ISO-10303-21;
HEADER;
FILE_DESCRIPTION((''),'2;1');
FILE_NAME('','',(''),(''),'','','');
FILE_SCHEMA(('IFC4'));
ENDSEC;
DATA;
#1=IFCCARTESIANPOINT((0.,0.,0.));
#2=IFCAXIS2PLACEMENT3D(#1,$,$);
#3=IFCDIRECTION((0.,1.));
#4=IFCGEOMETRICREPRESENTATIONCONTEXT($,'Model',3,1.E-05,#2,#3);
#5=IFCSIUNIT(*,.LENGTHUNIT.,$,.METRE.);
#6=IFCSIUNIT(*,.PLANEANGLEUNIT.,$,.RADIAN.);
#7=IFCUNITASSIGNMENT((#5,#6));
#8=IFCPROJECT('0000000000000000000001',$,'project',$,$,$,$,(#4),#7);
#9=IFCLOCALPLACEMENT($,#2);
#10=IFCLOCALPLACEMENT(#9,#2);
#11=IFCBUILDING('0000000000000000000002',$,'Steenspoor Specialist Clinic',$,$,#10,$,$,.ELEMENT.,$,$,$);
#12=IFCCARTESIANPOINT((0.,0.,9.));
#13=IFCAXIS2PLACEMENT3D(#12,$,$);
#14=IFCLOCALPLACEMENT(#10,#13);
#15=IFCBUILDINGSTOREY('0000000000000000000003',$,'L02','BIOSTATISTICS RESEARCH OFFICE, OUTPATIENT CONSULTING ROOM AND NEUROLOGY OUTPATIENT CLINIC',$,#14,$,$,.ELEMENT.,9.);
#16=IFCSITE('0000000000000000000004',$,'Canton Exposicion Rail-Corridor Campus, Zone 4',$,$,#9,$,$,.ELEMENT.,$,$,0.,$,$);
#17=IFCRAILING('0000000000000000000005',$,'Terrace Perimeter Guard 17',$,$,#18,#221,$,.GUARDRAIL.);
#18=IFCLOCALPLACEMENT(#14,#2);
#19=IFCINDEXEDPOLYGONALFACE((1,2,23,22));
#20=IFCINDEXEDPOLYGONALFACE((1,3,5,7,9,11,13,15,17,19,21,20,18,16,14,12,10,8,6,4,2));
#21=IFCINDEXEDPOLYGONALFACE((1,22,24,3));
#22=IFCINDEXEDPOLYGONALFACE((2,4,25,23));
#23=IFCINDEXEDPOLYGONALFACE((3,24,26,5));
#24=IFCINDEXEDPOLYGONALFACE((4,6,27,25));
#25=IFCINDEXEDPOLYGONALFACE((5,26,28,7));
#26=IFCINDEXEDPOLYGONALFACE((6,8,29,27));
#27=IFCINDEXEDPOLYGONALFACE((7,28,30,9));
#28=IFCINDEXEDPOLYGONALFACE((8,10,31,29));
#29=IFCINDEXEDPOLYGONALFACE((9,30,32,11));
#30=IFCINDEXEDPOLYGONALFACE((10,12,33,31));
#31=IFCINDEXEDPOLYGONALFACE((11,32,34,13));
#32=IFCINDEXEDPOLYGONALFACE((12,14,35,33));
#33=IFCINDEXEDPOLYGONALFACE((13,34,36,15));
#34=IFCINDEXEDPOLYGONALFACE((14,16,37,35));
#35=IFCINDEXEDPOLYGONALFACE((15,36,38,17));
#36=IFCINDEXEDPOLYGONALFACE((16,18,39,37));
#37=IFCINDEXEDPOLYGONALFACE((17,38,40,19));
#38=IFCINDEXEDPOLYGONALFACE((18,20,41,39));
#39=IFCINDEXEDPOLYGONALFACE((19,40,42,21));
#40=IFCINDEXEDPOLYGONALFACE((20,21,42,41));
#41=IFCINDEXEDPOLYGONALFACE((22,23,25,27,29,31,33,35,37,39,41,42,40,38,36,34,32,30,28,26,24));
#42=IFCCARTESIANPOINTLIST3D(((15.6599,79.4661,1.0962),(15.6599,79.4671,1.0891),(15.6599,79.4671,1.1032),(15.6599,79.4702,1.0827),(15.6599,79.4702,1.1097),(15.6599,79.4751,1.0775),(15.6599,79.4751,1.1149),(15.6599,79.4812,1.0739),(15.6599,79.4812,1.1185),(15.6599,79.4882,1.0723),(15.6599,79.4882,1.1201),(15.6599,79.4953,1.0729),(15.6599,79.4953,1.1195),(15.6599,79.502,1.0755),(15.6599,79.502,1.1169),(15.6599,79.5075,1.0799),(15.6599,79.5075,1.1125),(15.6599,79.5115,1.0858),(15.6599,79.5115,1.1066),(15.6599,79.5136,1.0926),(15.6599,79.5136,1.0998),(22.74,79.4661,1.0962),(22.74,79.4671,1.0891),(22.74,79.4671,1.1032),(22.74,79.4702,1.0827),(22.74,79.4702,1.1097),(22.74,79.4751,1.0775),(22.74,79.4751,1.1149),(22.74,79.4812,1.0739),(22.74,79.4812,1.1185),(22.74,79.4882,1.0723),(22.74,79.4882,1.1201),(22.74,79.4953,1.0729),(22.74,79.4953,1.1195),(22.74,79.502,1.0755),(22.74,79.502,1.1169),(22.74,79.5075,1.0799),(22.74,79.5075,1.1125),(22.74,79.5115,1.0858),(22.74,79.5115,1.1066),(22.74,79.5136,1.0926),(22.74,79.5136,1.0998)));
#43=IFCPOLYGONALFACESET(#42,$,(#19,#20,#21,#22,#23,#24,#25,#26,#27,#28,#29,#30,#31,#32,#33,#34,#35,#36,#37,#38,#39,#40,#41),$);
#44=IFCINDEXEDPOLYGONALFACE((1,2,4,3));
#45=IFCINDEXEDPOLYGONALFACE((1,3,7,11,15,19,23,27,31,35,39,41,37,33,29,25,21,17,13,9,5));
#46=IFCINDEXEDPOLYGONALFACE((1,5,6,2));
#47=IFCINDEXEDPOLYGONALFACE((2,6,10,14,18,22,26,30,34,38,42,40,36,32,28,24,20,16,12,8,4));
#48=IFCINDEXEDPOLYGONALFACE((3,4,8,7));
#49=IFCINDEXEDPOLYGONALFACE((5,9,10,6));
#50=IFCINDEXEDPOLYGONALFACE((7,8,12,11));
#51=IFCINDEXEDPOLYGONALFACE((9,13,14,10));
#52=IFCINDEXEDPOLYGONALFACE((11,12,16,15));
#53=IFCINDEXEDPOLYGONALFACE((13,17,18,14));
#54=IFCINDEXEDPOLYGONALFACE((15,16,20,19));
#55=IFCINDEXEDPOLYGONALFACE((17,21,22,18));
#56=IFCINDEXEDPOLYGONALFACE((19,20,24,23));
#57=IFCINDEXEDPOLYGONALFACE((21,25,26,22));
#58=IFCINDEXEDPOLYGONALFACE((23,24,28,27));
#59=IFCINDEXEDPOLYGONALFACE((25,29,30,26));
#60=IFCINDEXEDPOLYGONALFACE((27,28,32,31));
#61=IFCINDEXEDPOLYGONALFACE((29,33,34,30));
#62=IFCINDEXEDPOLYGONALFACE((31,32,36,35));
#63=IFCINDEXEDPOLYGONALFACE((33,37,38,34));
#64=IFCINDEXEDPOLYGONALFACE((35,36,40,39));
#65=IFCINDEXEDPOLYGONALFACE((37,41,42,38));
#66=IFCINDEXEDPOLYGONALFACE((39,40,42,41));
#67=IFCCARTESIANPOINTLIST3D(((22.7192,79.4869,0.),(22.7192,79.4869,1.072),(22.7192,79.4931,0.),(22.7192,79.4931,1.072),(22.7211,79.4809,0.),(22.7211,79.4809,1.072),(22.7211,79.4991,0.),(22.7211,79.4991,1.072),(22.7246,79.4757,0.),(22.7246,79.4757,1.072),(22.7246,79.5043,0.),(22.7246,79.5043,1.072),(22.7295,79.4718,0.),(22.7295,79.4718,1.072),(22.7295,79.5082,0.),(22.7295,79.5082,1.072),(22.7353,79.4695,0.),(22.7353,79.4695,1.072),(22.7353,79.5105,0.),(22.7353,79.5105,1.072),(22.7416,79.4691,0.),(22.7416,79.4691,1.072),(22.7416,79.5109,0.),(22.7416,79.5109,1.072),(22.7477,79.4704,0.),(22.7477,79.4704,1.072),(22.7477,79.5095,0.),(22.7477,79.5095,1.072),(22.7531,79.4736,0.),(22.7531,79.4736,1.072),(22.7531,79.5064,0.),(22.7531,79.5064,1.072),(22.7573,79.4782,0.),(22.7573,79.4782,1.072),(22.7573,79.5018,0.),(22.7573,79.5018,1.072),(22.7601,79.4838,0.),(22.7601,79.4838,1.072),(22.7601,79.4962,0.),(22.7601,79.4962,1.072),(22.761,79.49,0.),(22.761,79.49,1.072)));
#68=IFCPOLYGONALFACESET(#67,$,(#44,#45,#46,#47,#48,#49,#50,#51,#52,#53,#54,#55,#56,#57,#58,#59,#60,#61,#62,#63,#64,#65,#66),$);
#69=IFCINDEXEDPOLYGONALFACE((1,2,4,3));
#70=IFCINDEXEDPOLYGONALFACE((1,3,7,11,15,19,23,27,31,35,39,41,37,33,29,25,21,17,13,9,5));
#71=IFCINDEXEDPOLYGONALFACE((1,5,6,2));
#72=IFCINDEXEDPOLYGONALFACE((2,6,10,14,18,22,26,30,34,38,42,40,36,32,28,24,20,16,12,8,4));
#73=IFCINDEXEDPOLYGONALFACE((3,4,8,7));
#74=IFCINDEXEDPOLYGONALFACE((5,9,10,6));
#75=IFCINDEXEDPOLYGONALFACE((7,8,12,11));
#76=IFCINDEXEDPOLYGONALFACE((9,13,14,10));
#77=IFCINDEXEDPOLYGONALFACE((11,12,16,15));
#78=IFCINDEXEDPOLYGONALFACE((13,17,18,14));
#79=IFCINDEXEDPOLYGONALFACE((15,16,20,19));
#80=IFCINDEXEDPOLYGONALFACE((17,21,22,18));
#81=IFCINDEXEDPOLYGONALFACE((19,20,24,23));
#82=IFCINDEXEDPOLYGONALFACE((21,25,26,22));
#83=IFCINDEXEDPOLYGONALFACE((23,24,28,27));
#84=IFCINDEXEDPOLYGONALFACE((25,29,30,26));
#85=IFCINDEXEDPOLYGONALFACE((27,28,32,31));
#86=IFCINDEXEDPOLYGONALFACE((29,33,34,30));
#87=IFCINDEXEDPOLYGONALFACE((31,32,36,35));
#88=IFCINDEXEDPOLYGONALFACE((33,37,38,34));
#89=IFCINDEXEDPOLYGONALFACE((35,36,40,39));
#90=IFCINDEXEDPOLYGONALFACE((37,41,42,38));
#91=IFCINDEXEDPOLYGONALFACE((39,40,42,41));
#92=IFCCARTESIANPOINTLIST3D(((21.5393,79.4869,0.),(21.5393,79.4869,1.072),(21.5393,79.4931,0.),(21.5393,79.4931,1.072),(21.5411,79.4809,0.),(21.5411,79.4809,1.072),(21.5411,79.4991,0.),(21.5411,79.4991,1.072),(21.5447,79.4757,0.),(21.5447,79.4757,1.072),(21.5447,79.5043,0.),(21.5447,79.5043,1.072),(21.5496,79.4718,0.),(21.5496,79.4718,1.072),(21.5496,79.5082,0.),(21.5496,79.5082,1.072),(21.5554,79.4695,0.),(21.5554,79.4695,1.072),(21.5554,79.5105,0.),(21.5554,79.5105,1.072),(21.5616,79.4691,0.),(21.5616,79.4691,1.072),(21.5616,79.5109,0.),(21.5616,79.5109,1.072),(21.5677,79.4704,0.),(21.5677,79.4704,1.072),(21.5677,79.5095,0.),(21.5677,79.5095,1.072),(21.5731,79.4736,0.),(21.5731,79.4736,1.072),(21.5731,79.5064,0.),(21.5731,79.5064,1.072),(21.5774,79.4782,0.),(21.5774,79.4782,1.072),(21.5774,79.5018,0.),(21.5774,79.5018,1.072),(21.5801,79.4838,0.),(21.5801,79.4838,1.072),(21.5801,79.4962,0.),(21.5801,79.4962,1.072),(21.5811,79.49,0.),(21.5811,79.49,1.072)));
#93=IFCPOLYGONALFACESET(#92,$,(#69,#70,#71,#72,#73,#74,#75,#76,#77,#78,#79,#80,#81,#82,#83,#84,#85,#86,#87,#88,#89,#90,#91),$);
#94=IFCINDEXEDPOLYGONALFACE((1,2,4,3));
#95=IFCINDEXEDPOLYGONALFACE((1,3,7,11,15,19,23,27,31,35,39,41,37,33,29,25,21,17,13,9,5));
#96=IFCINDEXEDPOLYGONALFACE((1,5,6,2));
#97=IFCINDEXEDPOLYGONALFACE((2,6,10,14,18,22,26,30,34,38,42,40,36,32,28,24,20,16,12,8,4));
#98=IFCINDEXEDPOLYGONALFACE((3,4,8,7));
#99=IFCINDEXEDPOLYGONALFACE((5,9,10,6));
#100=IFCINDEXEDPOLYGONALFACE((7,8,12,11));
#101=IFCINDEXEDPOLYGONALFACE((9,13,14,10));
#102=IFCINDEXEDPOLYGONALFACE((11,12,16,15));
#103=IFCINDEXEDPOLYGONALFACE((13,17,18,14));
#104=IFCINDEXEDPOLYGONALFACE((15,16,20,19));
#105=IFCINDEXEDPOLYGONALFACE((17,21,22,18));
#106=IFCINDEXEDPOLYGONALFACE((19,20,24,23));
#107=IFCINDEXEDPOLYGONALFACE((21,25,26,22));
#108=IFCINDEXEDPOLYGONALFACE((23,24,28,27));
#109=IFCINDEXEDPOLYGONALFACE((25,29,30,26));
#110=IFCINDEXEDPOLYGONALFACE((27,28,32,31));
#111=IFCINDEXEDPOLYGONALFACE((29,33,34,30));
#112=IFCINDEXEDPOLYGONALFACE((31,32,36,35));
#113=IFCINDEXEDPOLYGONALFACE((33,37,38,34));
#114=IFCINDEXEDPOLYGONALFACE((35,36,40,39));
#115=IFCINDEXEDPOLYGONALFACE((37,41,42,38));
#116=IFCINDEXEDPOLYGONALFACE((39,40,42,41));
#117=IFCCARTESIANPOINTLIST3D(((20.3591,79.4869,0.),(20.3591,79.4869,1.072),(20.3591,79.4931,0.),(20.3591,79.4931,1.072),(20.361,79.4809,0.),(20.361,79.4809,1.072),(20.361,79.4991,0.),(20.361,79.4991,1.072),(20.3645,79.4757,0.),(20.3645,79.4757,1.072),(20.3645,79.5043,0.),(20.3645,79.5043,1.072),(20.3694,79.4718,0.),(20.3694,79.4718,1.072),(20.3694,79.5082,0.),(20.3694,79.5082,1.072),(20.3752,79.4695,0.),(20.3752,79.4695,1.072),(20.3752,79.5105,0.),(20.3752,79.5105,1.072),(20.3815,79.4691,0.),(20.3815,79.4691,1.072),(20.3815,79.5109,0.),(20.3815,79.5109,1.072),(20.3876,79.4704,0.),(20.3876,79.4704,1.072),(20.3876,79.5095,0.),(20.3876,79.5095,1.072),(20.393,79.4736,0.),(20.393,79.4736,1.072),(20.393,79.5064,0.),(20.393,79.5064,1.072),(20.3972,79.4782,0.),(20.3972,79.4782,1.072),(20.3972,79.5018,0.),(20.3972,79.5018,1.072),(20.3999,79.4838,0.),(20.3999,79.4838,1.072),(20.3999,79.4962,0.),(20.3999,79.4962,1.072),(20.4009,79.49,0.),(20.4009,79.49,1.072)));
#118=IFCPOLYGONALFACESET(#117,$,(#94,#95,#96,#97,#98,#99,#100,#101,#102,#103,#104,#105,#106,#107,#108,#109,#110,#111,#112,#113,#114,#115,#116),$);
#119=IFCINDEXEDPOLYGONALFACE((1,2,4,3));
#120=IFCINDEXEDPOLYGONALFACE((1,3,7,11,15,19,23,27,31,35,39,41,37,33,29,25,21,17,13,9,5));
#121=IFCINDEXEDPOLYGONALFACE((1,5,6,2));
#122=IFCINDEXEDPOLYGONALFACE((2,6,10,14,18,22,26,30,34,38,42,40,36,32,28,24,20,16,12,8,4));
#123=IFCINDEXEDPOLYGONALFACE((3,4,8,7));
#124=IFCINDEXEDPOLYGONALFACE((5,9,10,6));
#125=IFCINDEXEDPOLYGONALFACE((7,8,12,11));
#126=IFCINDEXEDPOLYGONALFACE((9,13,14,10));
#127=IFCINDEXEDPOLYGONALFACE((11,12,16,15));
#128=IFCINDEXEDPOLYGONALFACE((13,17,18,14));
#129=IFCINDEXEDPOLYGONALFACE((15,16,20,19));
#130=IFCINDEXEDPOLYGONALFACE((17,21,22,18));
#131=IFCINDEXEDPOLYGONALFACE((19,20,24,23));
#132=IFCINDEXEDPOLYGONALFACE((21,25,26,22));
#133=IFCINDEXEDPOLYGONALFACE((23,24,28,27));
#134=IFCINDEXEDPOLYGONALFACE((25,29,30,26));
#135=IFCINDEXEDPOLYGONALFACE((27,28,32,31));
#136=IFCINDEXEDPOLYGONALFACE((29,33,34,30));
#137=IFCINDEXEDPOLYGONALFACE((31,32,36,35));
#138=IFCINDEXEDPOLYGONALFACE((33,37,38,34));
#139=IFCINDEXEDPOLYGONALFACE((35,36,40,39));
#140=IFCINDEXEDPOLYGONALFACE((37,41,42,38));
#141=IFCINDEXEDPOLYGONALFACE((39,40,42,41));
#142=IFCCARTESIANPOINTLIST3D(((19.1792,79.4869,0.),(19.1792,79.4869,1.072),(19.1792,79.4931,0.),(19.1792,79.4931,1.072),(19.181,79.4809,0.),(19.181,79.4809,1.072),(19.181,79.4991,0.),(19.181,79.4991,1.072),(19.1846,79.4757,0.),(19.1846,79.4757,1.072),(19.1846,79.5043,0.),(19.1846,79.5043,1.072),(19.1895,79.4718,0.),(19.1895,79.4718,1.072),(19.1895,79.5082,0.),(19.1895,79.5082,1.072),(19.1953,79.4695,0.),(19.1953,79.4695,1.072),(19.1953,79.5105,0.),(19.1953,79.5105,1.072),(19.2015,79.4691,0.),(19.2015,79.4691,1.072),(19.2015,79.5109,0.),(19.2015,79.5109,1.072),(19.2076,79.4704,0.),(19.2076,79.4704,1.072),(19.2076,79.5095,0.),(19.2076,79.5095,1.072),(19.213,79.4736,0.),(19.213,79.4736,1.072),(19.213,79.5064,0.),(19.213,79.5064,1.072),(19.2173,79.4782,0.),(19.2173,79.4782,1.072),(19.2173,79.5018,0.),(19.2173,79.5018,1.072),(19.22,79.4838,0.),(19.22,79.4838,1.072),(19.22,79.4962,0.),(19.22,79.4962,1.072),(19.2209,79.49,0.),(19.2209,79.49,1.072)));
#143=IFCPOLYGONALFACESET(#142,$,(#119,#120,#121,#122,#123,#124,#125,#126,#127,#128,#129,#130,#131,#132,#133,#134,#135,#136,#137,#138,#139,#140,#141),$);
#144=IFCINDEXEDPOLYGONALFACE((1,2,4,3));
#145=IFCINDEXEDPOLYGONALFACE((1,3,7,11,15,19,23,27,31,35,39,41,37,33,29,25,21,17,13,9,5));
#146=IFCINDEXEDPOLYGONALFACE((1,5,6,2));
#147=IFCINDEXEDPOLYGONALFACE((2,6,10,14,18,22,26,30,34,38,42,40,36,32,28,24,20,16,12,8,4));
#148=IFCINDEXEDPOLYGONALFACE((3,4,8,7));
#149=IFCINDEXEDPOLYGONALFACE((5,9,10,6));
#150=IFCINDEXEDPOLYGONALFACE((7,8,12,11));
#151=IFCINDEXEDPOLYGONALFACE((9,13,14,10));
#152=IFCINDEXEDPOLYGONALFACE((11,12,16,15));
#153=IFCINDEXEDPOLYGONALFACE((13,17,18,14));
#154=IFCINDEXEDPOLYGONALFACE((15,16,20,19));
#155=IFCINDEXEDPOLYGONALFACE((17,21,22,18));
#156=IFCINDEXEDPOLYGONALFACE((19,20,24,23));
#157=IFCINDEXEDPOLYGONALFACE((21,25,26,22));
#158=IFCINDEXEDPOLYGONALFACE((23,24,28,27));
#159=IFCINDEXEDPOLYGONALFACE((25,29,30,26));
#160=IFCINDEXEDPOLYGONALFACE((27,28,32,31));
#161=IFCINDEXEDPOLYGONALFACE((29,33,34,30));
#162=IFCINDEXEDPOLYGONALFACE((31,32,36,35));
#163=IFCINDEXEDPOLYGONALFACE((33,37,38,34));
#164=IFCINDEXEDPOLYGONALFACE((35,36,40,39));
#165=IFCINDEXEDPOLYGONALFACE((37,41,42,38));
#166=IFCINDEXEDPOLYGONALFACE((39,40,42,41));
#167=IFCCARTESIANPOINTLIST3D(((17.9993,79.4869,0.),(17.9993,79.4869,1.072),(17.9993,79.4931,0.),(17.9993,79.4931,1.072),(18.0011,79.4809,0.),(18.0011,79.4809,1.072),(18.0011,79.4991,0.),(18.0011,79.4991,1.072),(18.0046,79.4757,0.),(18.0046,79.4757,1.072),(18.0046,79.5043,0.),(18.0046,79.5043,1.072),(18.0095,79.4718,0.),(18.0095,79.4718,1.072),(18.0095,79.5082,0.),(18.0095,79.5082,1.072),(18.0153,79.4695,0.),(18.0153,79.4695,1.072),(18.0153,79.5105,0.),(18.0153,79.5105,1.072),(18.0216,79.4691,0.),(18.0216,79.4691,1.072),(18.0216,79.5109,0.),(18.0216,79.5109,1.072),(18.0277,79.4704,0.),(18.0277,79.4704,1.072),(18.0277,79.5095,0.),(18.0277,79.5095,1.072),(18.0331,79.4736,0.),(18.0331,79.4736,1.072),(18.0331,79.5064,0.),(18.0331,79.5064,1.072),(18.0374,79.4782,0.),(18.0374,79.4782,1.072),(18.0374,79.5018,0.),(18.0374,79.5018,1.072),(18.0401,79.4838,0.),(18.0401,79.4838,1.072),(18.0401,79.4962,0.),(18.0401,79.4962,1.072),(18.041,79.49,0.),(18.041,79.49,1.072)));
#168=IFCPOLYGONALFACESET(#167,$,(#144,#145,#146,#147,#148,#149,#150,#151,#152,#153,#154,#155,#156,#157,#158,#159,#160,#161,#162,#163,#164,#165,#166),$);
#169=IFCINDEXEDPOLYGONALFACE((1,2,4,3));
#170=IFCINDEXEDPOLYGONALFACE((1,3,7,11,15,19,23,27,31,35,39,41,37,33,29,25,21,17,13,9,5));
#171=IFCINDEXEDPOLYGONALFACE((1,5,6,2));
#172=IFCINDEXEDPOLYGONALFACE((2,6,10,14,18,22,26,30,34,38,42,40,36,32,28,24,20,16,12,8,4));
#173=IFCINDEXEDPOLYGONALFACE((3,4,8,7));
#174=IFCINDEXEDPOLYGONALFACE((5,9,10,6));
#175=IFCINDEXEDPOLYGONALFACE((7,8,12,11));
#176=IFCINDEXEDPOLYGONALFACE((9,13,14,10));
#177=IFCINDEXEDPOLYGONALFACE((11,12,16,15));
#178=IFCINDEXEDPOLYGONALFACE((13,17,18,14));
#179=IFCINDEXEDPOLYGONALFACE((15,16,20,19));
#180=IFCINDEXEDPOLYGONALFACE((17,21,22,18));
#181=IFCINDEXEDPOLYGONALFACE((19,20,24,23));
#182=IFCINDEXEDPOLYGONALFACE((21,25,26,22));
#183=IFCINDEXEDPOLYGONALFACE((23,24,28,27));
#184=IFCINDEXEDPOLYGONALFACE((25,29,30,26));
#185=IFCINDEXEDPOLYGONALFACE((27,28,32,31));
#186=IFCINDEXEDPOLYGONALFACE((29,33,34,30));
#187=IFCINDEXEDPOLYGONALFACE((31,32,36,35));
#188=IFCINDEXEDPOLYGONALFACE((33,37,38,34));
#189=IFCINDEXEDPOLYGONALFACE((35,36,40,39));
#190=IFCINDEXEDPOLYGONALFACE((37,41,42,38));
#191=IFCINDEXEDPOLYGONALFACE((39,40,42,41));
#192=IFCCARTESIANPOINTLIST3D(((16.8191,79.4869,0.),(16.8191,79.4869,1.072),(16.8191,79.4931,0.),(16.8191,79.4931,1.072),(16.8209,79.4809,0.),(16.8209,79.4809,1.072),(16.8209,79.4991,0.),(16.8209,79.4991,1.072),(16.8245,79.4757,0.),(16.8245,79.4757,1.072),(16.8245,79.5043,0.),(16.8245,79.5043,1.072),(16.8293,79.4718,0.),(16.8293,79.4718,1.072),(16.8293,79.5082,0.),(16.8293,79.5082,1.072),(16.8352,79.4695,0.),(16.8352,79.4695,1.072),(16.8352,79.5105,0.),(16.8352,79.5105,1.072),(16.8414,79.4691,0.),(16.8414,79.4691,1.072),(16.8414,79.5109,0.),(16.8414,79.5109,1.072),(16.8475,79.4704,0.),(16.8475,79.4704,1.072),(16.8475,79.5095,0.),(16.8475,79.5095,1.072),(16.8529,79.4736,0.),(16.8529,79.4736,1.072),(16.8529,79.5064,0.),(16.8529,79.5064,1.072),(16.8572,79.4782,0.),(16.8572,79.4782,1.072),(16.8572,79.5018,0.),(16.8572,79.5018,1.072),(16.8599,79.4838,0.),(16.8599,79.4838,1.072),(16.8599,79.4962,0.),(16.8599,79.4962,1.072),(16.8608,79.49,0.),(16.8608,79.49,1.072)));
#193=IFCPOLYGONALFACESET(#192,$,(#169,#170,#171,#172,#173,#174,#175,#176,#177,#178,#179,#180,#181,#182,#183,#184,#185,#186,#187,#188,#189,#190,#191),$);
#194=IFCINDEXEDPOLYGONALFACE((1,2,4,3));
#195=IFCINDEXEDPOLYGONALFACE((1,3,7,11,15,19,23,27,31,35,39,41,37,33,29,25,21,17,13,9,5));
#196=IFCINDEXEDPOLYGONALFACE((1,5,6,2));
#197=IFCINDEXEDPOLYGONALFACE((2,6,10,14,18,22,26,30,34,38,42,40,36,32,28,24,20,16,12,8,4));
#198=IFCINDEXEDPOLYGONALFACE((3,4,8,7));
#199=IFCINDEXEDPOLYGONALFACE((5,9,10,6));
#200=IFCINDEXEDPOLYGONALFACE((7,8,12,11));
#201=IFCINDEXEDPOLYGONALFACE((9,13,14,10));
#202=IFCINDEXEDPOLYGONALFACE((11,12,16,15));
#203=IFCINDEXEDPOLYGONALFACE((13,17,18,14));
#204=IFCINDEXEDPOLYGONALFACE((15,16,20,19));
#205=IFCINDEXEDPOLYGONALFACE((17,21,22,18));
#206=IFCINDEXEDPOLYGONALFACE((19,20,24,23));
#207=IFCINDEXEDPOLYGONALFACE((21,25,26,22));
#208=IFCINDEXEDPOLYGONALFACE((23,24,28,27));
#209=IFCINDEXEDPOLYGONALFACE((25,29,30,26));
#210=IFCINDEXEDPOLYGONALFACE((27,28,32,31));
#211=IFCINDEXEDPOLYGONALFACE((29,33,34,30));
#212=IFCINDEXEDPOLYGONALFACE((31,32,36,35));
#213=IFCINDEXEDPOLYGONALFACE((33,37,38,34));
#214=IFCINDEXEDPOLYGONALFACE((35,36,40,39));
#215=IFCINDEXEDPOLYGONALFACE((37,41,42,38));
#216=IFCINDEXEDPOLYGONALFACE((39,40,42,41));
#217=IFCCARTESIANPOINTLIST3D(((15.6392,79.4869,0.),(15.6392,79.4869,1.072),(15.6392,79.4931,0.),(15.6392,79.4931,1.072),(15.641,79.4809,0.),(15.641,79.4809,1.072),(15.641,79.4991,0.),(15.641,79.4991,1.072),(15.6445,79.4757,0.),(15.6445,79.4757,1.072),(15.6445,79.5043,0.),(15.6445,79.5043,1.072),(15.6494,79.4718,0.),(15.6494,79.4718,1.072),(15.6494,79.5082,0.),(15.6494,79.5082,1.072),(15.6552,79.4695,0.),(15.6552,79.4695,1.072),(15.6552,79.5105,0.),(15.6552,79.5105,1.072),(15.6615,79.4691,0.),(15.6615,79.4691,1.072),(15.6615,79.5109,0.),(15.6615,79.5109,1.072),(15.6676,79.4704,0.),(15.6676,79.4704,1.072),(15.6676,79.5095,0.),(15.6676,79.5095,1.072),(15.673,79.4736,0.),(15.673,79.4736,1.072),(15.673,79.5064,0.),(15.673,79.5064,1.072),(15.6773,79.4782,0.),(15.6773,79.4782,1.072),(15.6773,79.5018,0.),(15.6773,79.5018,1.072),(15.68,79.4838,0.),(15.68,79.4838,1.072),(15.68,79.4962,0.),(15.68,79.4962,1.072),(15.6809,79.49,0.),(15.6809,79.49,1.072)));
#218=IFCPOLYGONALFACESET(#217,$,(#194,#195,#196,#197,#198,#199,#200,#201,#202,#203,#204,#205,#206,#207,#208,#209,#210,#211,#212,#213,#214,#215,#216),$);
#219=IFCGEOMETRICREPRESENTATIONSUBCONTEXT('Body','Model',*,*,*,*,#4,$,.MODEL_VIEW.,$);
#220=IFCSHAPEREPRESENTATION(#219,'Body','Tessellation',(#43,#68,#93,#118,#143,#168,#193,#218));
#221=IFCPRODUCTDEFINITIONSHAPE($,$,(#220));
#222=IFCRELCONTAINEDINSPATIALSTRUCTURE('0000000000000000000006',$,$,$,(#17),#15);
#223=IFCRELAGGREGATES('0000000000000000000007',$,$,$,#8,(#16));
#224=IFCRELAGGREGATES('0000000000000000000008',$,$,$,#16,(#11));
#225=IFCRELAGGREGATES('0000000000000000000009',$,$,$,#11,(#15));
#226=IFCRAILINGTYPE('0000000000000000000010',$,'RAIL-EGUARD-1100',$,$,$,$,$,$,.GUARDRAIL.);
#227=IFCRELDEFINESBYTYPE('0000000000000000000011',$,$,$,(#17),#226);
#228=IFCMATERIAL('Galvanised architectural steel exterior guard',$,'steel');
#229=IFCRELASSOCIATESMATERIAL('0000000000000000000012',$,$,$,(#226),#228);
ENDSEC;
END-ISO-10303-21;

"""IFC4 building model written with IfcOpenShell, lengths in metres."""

from ifc_helpers import new_model, si_unit, direction, frame, origin, origin_2d, place, context, subcontext, project, spatial, circle, extrude, material, type_object, element, save


model = new_model("IFC4")

# Units and contexts
model_context = context("Model", 3, precision=1e-05, world=origin(), true_north=direction((0.0, 1.0)))
body_context = subcontext(model_context, "Body", "Model", "MODEL_VIEW")
ifc_project = project(units=[si_unit("LENGTHUNIT", "METRE"), si_unit("PLANEANGLEUNIT", "RADIAN")], contexts=[model_context])

# Site, building, storey
site_placement = place(None, origin())
site = spatial("IfcSite", under=ifc_project, at=site_placement, Name="Canton Exposicion Rail-Corridor Campus, Zone 4", CompositionType="ELEMENT", RefElevation=0.0)
building_placement = place(site_placement, origin())
building = spatial("IfcBuilding", under=site, at=building_placement, Name="Steenspoor Specialist Clinic", CompositionType="ELEMENT")
storey_placement = place(building_placement, frame((0.0, 0.0, 9.0)))
storey = spatial("IfcBuildingStorey", under=building, at=storey_placement, Name="L02", Description="BIOSTATISTICS RESEARCH OFFICE, OUTPATIENT CONSULTING ROOM AND NEUROLOGY OUTPATIENT CLINIC", CompositionType="ELEMENT", Elevation=9.0)

# Railing
ifc_material_1 = material(Name="Galvanised architectural steel exterior guard", Category="steel")
railing_type_1 = type_object("IfcRailingType", Name="RAIL-EGUARD-1100", PredefinedType="GUARDRAIL", material=ifc_material_1)
railing_1_placement = place(storey_placement, frame((22.74, 79.49, 0.0)))
element("IfcRailing", 1, at=railing_1_placement, inside=storey, type_object=railing_type_1, Name="Terrace Perimeter Guard 17", PredefinedType="GUARDRAIL", context=body_context, shape_type="SweptSolid", body=[
    extrude(circle(Radius=0.0239, at=origin_2d()), frame((0.0, 0.0, 1.0962), z_axis=(-1.0, 0.0, 0.0), x_axis=(0.0, -1.0, 0.0)), (0.0, 0.0, 1.0), 7.0801),
    extrude(circle(Radius=0.021, at=origin_2d()), origin(), (0.0, 0.0, 1.0), 1.072),
    extrude(circle(Radius=0.021, at=origin_2d()), frame((-1.1799, 0.0, 0.0)), (0.0, 0.0, 1.0), 1.072),
    extrude(circle(Radius=0.021, at=origin_2d()), frame((-2.3601, 0.0, 0.0)), (0.0, 0.0, 1.0), 1.072),
    extrude(circle(Radius=0.021, at=origin_2d()), frame((-3.54, 0.0, 0.0)), (0.0, 0.0, 1.0), 1.072),
    extrude(circle(Radius=0.021, at=origin_2d()), frame((-4.72, 0.0, 0.0)), (0.0, 0.0, 1.0), 1.072),
    extrude(circle(Radius=0.021, at=origin_2d()), frame((-5.9001, 0.0, 0.0)), (0.0, 0.0, 1.0), 1.072),
    extrude(circle(Radius=0.021, at=origin_2d()), frame((-7.0801, 0.0, 0.0)), (0.0, 0.0, 1.0), 1.072),
])

save(model, "model.ifc")
